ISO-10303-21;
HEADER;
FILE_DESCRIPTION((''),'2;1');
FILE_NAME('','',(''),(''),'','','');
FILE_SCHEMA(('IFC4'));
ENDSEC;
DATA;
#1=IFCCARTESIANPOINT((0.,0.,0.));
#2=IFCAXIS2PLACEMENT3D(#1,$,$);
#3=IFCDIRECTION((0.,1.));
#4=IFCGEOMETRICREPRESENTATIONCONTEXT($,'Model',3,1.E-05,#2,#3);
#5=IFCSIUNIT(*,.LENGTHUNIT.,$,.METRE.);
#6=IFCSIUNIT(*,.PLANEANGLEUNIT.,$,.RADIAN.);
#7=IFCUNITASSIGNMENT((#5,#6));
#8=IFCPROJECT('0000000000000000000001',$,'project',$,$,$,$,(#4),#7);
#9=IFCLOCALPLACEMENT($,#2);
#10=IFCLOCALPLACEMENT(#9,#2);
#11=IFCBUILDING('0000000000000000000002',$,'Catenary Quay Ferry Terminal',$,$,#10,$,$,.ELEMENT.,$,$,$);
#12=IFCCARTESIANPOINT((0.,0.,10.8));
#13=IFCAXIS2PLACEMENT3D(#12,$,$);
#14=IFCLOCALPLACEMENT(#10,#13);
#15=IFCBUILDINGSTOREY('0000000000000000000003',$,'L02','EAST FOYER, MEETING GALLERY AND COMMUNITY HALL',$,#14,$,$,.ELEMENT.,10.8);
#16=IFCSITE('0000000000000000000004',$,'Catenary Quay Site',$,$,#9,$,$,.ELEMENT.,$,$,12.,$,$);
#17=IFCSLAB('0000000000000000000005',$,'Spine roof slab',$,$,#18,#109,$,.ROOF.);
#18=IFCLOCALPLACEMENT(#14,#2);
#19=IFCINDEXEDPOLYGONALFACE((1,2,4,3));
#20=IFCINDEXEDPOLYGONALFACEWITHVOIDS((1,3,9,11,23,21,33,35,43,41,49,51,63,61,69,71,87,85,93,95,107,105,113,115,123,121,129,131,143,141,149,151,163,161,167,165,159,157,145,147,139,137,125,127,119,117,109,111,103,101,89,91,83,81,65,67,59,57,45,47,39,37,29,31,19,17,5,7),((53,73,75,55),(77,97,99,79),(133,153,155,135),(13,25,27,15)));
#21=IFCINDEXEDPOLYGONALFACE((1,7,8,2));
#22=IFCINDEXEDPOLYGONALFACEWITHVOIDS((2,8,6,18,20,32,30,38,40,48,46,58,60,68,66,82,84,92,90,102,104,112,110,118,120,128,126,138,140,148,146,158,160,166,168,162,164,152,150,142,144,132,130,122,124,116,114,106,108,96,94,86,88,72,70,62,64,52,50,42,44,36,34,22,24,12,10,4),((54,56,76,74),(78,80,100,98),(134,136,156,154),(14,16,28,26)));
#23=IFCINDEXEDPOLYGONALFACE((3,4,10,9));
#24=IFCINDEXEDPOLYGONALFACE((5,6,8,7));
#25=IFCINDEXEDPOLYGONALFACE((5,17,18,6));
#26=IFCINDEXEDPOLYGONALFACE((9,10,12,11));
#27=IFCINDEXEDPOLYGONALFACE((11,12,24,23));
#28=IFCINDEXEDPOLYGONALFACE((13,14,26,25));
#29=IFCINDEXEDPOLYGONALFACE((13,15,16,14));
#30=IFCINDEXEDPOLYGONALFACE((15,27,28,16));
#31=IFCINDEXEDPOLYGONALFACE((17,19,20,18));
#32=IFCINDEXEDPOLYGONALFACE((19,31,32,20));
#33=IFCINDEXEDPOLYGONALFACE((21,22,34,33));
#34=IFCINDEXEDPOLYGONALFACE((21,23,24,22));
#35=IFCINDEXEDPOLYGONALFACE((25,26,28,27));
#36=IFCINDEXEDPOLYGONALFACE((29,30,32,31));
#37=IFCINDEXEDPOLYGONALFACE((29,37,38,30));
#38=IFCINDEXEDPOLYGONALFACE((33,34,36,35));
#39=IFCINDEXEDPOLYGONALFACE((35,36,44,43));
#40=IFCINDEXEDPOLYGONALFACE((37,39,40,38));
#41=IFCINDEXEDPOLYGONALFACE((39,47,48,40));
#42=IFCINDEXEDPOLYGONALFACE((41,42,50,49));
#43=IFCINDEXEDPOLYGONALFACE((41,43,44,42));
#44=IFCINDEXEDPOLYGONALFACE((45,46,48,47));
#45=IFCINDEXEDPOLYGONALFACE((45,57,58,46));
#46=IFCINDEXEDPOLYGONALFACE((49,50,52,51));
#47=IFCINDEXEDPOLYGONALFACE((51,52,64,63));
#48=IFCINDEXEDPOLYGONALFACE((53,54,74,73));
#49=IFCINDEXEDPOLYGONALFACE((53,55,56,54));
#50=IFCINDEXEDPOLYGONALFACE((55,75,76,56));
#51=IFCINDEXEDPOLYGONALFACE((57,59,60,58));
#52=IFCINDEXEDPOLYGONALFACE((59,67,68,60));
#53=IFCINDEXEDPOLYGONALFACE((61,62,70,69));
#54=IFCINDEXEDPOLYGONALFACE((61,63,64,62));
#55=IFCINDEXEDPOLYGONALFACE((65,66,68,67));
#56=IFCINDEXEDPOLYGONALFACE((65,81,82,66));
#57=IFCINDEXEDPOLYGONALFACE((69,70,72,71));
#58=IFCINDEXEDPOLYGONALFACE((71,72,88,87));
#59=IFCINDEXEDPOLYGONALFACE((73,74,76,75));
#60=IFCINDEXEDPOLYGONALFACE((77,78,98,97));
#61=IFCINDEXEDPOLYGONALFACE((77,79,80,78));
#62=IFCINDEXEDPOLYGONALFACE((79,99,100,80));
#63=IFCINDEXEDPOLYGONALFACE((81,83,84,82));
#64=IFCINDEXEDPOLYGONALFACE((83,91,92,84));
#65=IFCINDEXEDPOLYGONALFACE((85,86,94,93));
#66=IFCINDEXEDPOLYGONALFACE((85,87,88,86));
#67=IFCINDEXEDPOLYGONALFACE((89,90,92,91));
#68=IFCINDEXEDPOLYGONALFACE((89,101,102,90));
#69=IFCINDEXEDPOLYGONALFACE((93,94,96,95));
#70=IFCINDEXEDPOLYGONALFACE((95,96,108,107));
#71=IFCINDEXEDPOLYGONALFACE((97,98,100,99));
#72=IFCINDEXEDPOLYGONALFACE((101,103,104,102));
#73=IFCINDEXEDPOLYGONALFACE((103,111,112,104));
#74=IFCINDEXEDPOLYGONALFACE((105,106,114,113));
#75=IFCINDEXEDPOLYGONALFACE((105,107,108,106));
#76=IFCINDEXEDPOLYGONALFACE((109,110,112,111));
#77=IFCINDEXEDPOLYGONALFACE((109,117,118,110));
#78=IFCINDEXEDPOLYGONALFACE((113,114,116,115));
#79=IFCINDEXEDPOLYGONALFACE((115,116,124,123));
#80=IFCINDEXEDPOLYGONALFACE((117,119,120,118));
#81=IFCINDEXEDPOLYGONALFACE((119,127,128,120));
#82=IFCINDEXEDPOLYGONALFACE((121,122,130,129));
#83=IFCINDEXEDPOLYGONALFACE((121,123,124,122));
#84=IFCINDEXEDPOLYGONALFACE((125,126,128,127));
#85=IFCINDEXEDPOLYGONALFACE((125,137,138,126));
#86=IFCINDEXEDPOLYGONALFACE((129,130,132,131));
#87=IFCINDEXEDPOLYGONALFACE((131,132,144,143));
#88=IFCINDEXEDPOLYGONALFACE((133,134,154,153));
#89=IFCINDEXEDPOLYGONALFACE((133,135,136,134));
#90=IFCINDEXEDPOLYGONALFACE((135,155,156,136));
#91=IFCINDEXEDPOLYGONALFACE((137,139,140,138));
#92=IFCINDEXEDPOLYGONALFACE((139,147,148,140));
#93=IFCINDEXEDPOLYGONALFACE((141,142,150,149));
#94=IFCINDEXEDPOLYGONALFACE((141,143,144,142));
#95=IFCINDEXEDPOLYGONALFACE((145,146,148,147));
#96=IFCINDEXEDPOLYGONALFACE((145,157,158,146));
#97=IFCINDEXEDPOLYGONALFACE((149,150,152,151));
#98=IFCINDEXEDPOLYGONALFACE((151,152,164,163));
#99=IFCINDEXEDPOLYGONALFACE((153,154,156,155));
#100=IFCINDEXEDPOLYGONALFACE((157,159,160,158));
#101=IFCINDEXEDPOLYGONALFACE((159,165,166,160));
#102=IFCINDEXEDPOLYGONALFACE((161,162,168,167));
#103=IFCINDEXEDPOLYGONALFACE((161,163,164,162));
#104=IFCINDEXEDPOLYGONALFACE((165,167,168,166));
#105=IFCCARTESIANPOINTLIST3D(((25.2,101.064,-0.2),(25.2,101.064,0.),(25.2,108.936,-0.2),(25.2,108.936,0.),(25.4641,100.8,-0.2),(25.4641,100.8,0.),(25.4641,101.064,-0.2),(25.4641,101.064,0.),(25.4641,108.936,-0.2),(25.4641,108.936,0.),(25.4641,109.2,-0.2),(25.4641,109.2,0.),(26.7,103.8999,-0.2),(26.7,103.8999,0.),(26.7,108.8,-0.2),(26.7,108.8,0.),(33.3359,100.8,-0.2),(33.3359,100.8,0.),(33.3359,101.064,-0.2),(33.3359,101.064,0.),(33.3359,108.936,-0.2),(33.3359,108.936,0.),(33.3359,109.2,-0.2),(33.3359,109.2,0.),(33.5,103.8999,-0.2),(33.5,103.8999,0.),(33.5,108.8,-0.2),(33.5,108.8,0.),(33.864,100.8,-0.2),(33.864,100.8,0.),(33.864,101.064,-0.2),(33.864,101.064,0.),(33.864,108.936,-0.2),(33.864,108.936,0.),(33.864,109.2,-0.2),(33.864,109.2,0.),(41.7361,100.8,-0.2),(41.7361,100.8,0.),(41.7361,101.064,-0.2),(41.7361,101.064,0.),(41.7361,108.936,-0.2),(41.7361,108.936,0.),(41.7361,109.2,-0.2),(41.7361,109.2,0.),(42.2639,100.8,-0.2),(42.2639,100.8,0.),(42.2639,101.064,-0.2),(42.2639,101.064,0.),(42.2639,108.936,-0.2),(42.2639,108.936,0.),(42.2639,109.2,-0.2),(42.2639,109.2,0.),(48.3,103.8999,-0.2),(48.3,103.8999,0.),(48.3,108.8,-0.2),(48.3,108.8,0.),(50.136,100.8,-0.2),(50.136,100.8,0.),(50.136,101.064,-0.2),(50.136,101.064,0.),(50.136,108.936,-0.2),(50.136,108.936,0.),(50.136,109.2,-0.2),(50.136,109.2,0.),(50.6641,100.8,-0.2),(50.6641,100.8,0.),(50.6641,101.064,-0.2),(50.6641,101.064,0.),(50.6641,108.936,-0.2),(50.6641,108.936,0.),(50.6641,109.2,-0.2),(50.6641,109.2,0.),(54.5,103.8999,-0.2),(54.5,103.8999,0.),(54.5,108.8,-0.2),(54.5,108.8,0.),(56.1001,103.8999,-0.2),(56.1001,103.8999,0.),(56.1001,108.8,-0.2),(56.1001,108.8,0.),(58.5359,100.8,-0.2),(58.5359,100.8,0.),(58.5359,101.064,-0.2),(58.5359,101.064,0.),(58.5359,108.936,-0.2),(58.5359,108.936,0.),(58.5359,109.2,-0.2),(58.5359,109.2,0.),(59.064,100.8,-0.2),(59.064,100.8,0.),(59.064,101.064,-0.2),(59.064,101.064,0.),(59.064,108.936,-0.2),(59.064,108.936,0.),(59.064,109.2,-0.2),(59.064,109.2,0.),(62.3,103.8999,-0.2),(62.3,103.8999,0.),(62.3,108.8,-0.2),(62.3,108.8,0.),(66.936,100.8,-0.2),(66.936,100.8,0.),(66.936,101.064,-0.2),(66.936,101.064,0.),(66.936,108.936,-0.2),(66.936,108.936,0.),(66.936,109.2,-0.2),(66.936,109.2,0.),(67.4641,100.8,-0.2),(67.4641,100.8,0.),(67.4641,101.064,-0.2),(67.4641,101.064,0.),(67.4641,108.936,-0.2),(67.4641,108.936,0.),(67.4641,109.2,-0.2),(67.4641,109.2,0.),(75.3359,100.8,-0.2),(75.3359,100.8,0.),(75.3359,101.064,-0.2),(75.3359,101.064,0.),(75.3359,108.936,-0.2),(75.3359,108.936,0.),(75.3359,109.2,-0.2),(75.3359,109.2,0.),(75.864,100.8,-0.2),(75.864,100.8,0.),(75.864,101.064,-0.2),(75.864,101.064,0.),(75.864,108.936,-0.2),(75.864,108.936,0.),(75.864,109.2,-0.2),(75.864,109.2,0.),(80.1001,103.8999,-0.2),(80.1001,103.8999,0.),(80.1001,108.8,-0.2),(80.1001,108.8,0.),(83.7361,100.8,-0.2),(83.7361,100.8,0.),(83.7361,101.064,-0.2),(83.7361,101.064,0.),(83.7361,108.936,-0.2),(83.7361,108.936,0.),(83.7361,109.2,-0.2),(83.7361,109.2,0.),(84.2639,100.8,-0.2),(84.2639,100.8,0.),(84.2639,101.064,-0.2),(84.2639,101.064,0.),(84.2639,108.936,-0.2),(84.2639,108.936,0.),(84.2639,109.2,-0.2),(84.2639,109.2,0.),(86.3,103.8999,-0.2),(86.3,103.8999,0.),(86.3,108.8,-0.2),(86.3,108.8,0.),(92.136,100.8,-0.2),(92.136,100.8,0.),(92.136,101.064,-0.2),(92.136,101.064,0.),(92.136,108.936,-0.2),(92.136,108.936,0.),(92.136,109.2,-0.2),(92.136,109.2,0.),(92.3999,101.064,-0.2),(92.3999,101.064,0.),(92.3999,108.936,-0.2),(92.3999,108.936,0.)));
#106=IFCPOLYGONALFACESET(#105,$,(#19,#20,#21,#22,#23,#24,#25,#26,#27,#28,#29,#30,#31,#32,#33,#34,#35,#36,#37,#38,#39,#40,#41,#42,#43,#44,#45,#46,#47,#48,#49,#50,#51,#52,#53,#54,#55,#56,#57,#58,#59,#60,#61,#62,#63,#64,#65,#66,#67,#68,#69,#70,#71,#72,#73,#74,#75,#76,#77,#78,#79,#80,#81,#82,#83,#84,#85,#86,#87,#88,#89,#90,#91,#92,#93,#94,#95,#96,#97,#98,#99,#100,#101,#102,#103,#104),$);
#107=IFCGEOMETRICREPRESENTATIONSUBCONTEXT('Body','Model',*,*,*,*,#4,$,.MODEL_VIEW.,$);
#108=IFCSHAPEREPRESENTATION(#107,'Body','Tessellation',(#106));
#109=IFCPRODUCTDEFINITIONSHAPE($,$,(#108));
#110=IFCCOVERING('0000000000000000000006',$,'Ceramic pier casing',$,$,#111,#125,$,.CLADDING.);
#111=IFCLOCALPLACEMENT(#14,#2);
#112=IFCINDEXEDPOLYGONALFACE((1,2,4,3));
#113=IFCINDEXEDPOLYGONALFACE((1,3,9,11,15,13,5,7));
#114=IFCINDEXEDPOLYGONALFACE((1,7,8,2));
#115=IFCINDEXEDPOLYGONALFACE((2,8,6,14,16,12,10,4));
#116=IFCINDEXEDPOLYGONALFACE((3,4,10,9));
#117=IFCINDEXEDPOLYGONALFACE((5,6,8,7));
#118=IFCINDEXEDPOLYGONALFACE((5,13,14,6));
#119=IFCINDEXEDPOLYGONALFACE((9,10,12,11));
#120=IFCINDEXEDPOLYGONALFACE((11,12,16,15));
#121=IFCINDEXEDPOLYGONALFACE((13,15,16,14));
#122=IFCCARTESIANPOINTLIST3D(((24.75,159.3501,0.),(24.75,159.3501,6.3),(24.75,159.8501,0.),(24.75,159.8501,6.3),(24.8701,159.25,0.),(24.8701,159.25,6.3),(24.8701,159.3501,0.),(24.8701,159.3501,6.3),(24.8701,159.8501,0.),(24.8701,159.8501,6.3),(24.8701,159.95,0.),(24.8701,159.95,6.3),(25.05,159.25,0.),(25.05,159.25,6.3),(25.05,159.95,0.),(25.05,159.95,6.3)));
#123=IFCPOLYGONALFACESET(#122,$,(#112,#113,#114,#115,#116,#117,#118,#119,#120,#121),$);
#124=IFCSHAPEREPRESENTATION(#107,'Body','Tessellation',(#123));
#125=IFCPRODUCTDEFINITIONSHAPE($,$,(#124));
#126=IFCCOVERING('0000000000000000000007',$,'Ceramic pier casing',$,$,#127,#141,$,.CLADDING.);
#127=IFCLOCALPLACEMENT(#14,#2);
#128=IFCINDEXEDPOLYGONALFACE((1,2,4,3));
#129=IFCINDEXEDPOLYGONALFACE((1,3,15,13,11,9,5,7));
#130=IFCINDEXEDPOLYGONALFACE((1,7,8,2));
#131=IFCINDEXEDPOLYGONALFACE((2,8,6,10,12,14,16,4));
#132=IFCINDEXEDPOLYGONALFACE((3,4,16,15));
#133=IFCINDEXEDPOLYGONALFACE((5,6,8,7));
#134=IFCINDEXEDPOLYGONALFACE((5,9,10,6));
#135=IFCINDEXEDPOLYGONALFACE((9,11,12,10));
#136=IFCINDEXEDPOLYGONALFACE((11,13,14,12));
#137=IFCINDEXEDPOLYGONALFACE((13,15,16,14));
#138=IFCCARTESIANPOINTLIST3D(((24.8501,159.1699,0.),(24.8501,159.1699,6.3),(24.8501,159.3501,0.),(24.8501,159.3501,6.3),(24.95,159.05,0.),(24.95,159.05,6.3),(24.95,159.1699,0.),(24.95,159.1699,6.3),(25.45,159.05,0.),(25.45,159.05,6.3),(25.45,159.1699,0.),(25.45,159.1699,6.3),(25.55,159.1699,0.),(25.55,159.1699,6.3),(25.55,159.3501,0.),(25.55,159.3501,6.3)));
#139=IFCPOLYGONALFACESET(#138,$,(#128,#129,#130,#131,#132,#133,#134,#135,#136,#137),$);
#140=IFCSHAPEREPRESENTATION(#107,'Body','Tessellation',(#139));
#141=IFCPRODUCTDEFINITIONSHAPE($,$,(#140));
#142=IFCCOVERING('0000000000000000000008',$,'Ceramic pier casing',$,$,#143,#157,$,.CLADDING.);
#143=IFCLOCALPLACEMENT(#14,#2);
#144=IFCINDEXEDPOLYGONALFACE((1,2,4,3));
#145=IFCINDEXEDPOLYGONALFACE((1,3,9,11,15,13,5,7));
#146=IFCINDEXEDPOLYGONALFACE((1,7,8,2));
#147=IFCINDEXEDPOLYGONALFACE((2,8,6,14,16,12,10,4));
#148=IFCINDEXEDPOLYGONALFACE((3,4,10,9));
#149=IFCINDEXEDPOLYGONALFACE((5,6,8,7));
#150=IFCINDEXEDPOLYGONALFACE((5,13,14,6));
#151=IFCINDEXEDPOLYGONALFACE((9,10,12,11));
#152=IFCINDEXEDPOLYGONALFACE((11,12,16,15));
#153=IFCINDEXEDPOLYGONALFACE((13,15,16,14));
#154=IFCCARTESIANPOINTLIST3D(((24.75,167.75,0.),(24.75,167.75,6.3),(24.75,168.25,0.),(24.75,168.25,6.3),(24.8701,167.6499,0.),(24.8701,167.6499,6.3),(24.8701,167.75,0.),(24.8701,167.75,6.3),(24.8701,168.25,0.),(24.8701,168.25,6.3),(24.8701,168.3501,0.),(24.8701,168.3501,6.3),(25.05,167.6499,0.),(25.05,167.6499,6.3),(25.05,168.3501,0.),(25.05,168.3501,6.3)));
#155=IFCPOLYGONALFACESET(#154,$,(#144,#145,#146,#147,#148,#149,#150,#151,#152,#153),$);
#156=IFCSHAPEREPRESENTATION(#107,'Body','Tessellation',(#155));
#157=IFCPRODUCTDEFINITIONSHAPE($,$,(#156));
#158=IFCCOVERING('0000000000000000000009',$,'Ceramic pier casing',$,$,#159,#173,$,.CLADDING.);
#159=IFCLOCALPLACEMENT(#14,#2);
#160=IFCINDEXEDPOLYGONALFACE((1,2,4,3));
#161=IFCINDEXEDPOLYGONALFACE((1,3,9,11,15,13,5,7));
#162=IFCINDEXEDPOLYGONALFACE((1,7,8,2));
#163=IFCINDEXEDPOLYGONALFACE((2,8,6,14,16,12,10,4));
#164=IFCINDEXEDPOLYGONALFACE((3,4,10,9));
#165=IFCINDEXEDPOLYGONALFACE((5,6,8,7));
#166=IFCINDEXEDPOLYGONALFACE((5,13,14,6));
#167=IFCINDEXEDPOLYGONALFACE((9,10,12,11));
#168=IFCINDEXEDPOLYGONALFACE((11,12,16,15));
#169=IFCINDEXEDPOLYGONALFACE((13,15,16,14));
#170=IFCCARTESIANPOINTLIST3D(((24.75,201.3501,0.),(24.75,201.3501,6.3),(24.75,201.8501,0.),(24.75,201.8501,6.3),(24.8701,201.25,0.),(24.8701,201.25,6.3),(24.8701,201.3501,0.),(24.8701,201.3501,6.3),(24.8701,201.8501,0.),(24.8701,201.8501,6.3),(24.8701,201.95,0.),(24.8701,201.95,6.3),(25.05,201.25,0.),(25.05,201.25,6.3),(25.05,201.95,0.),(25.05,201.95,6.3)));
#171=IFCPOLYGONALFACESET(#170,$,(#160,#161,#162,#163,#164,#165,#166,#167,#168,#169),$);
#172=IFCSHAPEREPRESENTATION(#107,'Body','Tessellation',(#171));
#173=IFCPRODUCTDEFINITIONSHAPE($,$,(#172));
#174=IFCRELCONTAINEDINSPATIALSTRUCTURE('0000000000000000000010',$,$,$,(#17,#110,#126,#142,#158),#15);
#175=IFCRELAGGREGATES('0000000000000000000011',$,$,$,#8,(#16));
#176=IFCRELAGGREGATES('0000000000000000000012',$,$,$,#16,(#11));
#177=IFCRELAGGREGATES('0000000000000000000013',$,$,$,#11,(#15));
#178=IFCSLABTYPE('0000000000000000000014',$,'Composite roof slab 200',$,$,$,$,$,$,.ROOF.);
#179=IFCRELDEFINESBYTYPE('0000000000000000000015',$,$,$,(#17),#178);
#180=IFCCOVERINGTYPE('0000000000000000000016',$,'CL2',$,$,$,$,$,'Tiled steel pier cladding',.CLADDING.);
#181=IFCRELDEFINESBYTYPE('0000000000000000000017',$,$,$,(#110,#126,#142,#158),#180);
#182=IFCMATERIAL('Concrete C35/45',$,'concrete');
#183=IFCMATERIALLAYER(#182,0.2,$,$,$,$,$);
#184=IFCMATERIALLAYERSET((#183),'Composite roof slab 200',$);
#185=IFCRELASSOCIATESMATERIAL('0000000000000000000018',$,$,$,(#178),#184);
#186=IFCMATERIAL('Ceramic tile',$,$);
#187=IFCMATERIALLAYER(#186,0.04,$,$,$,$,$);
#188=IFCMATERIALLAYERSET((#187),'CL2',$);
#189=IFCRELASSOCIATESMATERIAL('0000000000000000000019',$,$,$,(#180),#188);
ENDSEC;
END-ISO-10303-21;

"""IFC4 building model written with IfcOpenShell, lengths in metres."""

from ifc_helpers import new_model, si_unit, direction, frame, origin, place, context, subcontext, project, spatial, polyline, outline, extrude, material, layer, layer_set, type_object, element, save


model = new_model("IFC4")

# Units and contexts
model_context = context("Model", 3, precision=1e-05, world=origin(), true_north=direction((0.0, 1.0)))
body_context = subcontext(model_context, "Body", "Model", "MODEL_VIEW")
ifc_project = project(units=[si_unit("LENGTHUNIT", "METRE"), si_unit("PLANEANGLEUNIT", "RADIAN")], contexts=[model_context])

# Site, building, storey
site_placement = place(None, origin())
site = spatial("IfcSite", under=ifc_project, at=site_placement, Name="Catenary Quay Site", CompositionType="ELEMENT", RefElevation=12.0)
building_placement = place(site_placement, origin())
building = spatial("IfcBuilding", under=site, at=building_placement, Name="Catenary Quay Ferry Terminal", CompositionType="ELEMENT")
storey_placement = place(building_placement, frame((0.0, 0.0, 10.8)))
storey = spatial("IfcBuildingStorey", under=building, at=storey_placement, Name="L02", Description="EAST FOYER, MEETING GALLERY AND COMMUNITY HALL", CompositionType="ELEMENT", Elevation=10.8)

# Slab
ifc_material_1 = material(Name="Concrete C35/45", Category="concrete")
ifc_layer_1 = layer(ifc_material_1, 0.2)
ifc_layer_set_1 = layer_set([ifc_layer_1], Name="Composite roof slab 200")
slab_type_1 = type_object("IfcSlabType", Name="Composite roof slab 200", PredefinedType="ROOF", material=ifc_layer_set_1)
slab_1_placement = place(storey_placement, frame((0.0, 0.0, -0.2)))
element("IfcSlab", 1, at=slab_1_placement, inside=storey, type_object=slab_type_1, Name="Spine roof slab", PredefinedType="ROOF", context=body_context, shape_type="SweptSolid", body=[
    extrude(outline(polyline([(92.3999, 101.064), (92.136, 101.064), (92.136, 100.8), (84.2639, 100.8), (84.2639, 101.064), (83.7361, 101.064), (83.7361, 100.8), (75.864, 100.8), (75.864, 101.064), (75.3359, 101.064), (75.3359, 100.8), (67.4641, 100.8), (67.4641, 101.064), (66.936, 101.064), (66.936, 100.8), (59.064, 100.8), (59.064, 101.064), (58.5359, 101.064), (58.5359, 100.8), (50.6641, 100.8), (50.6641, 101.064), (50.136, 101.064), (50.136, 100.8), (42.2639, 100.8), (42.2639, 101.064), (41.7361, 101.064), (41.7361, 100.8), (33.864, 100.8), (33.864, 101.064), (33.3359, 101.064), (33.3359, 100.8), (25.4641, 100.8), (25.4641, 101.064), (25.2, 101.064), (25.2, 108.936), (25.4641, 108.936), (25.4641, 109.2), (33.3359, 109.2), (33.3359, 108.936), (33.864, 108.936), (33.864, 109.2), (41.7361, 109.2), (41.7361, 108.936), (42.2639, 108.936), (42.2639, 109.2), (50.136, 109.2), (50.136, 108.936), (50.6641, 108.936), (50.6641, 109.2), (58.5359, 109.2), (58.5359, 108.936), (59.064, 108.936), (59.064, 109.2), (66.936, 109.2), (66.936, 108.936), (67.4641, 108.936), (67.4641, 109.2), (75.3359, 109.2), (75.3359, 108.936), (75.864, 108.936), (75.864, 109.2), (83.7361, 109.2), (83.7361, 108.936), (84.2639, 108.936), (84.2639, 109.2), (92.136, 109.2), (92.136, 108.936), (92.3999, 108.936), (92.3999, 101.064)]), holes=[polyline([(33.5, 103.8999), (33.5, 108.8), (26.7, 108.8), (26.7, 103.8999), (33.5, 103.8999)]), polyline([(54.5, 103.8999), (54.5, 108.8), (48.3, 108.8), (48.3, 103.8999), (54.5, 103.8999)]), polyline([(62.3, 103.8999), (62.3, 108.8), (56.1001, 108.8), (56.1001, 103.8999), (62.3, 103.8999)]), polyline([(86.3, 103.8999), (86.3, 108.8), (80.1001, 108.8), (80.1001, 103.8999), (86.3, 103.8999)])]), origin(), (0.0, 0.0, 1.0), 0.2),
])

# Coverings
ifc_material_2 = material(Name="Ceramic tile")
ifc_layer_2 = layer(ifc_material_2, 0.04)
ifc_layer_set_2 = layer_set([ifc_layer_2], Name="CL2")
covering_type = type_object("IfcCoveringType", Name="CL2", ElementType="Tiled steel pier cladding", PredefinedType="CLADDING", material=ifc_layer_set_2)
covering_1_placement = place(storey_placement, origin())
element("IfcCovering", 2, at=covering_1_placement, inside=storey, type_object=covering_type, Name="Ceramic pier casing", PredefinedType="CLADDING", context=body_context, shape_type="SweptSolid", body=[
    extrude(outline(polyline([(25.05, 159.95), (24.8701, 159.95), (24.8701, 159.8501), (24.75, 159.8501), (24.75, 159.3501), (24.8701, 159.3501), (24.8701, 159.25), (25.05, 159.25), (25.05, 159.95)])), origin(), (0.0, 0.0, 1.0), 6.3),
])
covering_2_placement = place(storey_placement, origin())
element("IfcCovering", 3, at=covering_2_placement, inside=storey, type_object=covering_type, Name="Ceramic pier casing", PredefinedType="CLADDING", context=body_context, shape_type="SweptSolid", body=[
    extrude(outline(polyline([(24.8501, 159.3501), (24.8501, 159.1699), (24.95, 159.1699), (24.95, 159.05), (25.45, 159.05), (25.45, 159.1699), (25.55, 159.1699), (25.55, 159.3501), (24.8501, 159.3501)])), origin(), (0.0, 0.0, 1.0), 6.3),
])
covering_3_placement = place(storey_placement, origin())
element("IfcCovering", 4, at=covering_3_placement, inside=storey, type_object=covering_type, Name="Ceramic pier casing", PredefinedType="CLADDING", context=body_context, shape_type="SweptSolid", body=[
    extrude(outline(polyline([(25.05, 168.3501), (24.8701, 168.3501), (24.8701, 168.25), (24.75, 168.25), (24.75, 167.75), (24.8701, 167.75), (24.8701, 167.6499), (25.05, 167.6499), (25.05, 168.3501)])), origin(), (0.0, 0.0, 1.0), 6.3),
])
covering_4_placement = place(storey_placement, origin())
element("IfcCovering", 5, at=covering_4_placement, inside=storey, type_object=covering_type, Name="Ceramic pier casing", PredefinedType="CLADDING", context=body_context, shape_type="SweptSolid", body=[
    extrude(outline(polyline([(25.05, 201.95), (24.8701, 201.95), (24.8701, 201.8501), (24.75, 201.8501), (24.75, 201.3501), (24.8701, 201.3501), (24.8701, 201.25), (25.05, 201.25), (25.05, 201.95)])), origin(), (0.0, 0.0, 1.0), 6.3),
])

save(model, "model.ifc")
